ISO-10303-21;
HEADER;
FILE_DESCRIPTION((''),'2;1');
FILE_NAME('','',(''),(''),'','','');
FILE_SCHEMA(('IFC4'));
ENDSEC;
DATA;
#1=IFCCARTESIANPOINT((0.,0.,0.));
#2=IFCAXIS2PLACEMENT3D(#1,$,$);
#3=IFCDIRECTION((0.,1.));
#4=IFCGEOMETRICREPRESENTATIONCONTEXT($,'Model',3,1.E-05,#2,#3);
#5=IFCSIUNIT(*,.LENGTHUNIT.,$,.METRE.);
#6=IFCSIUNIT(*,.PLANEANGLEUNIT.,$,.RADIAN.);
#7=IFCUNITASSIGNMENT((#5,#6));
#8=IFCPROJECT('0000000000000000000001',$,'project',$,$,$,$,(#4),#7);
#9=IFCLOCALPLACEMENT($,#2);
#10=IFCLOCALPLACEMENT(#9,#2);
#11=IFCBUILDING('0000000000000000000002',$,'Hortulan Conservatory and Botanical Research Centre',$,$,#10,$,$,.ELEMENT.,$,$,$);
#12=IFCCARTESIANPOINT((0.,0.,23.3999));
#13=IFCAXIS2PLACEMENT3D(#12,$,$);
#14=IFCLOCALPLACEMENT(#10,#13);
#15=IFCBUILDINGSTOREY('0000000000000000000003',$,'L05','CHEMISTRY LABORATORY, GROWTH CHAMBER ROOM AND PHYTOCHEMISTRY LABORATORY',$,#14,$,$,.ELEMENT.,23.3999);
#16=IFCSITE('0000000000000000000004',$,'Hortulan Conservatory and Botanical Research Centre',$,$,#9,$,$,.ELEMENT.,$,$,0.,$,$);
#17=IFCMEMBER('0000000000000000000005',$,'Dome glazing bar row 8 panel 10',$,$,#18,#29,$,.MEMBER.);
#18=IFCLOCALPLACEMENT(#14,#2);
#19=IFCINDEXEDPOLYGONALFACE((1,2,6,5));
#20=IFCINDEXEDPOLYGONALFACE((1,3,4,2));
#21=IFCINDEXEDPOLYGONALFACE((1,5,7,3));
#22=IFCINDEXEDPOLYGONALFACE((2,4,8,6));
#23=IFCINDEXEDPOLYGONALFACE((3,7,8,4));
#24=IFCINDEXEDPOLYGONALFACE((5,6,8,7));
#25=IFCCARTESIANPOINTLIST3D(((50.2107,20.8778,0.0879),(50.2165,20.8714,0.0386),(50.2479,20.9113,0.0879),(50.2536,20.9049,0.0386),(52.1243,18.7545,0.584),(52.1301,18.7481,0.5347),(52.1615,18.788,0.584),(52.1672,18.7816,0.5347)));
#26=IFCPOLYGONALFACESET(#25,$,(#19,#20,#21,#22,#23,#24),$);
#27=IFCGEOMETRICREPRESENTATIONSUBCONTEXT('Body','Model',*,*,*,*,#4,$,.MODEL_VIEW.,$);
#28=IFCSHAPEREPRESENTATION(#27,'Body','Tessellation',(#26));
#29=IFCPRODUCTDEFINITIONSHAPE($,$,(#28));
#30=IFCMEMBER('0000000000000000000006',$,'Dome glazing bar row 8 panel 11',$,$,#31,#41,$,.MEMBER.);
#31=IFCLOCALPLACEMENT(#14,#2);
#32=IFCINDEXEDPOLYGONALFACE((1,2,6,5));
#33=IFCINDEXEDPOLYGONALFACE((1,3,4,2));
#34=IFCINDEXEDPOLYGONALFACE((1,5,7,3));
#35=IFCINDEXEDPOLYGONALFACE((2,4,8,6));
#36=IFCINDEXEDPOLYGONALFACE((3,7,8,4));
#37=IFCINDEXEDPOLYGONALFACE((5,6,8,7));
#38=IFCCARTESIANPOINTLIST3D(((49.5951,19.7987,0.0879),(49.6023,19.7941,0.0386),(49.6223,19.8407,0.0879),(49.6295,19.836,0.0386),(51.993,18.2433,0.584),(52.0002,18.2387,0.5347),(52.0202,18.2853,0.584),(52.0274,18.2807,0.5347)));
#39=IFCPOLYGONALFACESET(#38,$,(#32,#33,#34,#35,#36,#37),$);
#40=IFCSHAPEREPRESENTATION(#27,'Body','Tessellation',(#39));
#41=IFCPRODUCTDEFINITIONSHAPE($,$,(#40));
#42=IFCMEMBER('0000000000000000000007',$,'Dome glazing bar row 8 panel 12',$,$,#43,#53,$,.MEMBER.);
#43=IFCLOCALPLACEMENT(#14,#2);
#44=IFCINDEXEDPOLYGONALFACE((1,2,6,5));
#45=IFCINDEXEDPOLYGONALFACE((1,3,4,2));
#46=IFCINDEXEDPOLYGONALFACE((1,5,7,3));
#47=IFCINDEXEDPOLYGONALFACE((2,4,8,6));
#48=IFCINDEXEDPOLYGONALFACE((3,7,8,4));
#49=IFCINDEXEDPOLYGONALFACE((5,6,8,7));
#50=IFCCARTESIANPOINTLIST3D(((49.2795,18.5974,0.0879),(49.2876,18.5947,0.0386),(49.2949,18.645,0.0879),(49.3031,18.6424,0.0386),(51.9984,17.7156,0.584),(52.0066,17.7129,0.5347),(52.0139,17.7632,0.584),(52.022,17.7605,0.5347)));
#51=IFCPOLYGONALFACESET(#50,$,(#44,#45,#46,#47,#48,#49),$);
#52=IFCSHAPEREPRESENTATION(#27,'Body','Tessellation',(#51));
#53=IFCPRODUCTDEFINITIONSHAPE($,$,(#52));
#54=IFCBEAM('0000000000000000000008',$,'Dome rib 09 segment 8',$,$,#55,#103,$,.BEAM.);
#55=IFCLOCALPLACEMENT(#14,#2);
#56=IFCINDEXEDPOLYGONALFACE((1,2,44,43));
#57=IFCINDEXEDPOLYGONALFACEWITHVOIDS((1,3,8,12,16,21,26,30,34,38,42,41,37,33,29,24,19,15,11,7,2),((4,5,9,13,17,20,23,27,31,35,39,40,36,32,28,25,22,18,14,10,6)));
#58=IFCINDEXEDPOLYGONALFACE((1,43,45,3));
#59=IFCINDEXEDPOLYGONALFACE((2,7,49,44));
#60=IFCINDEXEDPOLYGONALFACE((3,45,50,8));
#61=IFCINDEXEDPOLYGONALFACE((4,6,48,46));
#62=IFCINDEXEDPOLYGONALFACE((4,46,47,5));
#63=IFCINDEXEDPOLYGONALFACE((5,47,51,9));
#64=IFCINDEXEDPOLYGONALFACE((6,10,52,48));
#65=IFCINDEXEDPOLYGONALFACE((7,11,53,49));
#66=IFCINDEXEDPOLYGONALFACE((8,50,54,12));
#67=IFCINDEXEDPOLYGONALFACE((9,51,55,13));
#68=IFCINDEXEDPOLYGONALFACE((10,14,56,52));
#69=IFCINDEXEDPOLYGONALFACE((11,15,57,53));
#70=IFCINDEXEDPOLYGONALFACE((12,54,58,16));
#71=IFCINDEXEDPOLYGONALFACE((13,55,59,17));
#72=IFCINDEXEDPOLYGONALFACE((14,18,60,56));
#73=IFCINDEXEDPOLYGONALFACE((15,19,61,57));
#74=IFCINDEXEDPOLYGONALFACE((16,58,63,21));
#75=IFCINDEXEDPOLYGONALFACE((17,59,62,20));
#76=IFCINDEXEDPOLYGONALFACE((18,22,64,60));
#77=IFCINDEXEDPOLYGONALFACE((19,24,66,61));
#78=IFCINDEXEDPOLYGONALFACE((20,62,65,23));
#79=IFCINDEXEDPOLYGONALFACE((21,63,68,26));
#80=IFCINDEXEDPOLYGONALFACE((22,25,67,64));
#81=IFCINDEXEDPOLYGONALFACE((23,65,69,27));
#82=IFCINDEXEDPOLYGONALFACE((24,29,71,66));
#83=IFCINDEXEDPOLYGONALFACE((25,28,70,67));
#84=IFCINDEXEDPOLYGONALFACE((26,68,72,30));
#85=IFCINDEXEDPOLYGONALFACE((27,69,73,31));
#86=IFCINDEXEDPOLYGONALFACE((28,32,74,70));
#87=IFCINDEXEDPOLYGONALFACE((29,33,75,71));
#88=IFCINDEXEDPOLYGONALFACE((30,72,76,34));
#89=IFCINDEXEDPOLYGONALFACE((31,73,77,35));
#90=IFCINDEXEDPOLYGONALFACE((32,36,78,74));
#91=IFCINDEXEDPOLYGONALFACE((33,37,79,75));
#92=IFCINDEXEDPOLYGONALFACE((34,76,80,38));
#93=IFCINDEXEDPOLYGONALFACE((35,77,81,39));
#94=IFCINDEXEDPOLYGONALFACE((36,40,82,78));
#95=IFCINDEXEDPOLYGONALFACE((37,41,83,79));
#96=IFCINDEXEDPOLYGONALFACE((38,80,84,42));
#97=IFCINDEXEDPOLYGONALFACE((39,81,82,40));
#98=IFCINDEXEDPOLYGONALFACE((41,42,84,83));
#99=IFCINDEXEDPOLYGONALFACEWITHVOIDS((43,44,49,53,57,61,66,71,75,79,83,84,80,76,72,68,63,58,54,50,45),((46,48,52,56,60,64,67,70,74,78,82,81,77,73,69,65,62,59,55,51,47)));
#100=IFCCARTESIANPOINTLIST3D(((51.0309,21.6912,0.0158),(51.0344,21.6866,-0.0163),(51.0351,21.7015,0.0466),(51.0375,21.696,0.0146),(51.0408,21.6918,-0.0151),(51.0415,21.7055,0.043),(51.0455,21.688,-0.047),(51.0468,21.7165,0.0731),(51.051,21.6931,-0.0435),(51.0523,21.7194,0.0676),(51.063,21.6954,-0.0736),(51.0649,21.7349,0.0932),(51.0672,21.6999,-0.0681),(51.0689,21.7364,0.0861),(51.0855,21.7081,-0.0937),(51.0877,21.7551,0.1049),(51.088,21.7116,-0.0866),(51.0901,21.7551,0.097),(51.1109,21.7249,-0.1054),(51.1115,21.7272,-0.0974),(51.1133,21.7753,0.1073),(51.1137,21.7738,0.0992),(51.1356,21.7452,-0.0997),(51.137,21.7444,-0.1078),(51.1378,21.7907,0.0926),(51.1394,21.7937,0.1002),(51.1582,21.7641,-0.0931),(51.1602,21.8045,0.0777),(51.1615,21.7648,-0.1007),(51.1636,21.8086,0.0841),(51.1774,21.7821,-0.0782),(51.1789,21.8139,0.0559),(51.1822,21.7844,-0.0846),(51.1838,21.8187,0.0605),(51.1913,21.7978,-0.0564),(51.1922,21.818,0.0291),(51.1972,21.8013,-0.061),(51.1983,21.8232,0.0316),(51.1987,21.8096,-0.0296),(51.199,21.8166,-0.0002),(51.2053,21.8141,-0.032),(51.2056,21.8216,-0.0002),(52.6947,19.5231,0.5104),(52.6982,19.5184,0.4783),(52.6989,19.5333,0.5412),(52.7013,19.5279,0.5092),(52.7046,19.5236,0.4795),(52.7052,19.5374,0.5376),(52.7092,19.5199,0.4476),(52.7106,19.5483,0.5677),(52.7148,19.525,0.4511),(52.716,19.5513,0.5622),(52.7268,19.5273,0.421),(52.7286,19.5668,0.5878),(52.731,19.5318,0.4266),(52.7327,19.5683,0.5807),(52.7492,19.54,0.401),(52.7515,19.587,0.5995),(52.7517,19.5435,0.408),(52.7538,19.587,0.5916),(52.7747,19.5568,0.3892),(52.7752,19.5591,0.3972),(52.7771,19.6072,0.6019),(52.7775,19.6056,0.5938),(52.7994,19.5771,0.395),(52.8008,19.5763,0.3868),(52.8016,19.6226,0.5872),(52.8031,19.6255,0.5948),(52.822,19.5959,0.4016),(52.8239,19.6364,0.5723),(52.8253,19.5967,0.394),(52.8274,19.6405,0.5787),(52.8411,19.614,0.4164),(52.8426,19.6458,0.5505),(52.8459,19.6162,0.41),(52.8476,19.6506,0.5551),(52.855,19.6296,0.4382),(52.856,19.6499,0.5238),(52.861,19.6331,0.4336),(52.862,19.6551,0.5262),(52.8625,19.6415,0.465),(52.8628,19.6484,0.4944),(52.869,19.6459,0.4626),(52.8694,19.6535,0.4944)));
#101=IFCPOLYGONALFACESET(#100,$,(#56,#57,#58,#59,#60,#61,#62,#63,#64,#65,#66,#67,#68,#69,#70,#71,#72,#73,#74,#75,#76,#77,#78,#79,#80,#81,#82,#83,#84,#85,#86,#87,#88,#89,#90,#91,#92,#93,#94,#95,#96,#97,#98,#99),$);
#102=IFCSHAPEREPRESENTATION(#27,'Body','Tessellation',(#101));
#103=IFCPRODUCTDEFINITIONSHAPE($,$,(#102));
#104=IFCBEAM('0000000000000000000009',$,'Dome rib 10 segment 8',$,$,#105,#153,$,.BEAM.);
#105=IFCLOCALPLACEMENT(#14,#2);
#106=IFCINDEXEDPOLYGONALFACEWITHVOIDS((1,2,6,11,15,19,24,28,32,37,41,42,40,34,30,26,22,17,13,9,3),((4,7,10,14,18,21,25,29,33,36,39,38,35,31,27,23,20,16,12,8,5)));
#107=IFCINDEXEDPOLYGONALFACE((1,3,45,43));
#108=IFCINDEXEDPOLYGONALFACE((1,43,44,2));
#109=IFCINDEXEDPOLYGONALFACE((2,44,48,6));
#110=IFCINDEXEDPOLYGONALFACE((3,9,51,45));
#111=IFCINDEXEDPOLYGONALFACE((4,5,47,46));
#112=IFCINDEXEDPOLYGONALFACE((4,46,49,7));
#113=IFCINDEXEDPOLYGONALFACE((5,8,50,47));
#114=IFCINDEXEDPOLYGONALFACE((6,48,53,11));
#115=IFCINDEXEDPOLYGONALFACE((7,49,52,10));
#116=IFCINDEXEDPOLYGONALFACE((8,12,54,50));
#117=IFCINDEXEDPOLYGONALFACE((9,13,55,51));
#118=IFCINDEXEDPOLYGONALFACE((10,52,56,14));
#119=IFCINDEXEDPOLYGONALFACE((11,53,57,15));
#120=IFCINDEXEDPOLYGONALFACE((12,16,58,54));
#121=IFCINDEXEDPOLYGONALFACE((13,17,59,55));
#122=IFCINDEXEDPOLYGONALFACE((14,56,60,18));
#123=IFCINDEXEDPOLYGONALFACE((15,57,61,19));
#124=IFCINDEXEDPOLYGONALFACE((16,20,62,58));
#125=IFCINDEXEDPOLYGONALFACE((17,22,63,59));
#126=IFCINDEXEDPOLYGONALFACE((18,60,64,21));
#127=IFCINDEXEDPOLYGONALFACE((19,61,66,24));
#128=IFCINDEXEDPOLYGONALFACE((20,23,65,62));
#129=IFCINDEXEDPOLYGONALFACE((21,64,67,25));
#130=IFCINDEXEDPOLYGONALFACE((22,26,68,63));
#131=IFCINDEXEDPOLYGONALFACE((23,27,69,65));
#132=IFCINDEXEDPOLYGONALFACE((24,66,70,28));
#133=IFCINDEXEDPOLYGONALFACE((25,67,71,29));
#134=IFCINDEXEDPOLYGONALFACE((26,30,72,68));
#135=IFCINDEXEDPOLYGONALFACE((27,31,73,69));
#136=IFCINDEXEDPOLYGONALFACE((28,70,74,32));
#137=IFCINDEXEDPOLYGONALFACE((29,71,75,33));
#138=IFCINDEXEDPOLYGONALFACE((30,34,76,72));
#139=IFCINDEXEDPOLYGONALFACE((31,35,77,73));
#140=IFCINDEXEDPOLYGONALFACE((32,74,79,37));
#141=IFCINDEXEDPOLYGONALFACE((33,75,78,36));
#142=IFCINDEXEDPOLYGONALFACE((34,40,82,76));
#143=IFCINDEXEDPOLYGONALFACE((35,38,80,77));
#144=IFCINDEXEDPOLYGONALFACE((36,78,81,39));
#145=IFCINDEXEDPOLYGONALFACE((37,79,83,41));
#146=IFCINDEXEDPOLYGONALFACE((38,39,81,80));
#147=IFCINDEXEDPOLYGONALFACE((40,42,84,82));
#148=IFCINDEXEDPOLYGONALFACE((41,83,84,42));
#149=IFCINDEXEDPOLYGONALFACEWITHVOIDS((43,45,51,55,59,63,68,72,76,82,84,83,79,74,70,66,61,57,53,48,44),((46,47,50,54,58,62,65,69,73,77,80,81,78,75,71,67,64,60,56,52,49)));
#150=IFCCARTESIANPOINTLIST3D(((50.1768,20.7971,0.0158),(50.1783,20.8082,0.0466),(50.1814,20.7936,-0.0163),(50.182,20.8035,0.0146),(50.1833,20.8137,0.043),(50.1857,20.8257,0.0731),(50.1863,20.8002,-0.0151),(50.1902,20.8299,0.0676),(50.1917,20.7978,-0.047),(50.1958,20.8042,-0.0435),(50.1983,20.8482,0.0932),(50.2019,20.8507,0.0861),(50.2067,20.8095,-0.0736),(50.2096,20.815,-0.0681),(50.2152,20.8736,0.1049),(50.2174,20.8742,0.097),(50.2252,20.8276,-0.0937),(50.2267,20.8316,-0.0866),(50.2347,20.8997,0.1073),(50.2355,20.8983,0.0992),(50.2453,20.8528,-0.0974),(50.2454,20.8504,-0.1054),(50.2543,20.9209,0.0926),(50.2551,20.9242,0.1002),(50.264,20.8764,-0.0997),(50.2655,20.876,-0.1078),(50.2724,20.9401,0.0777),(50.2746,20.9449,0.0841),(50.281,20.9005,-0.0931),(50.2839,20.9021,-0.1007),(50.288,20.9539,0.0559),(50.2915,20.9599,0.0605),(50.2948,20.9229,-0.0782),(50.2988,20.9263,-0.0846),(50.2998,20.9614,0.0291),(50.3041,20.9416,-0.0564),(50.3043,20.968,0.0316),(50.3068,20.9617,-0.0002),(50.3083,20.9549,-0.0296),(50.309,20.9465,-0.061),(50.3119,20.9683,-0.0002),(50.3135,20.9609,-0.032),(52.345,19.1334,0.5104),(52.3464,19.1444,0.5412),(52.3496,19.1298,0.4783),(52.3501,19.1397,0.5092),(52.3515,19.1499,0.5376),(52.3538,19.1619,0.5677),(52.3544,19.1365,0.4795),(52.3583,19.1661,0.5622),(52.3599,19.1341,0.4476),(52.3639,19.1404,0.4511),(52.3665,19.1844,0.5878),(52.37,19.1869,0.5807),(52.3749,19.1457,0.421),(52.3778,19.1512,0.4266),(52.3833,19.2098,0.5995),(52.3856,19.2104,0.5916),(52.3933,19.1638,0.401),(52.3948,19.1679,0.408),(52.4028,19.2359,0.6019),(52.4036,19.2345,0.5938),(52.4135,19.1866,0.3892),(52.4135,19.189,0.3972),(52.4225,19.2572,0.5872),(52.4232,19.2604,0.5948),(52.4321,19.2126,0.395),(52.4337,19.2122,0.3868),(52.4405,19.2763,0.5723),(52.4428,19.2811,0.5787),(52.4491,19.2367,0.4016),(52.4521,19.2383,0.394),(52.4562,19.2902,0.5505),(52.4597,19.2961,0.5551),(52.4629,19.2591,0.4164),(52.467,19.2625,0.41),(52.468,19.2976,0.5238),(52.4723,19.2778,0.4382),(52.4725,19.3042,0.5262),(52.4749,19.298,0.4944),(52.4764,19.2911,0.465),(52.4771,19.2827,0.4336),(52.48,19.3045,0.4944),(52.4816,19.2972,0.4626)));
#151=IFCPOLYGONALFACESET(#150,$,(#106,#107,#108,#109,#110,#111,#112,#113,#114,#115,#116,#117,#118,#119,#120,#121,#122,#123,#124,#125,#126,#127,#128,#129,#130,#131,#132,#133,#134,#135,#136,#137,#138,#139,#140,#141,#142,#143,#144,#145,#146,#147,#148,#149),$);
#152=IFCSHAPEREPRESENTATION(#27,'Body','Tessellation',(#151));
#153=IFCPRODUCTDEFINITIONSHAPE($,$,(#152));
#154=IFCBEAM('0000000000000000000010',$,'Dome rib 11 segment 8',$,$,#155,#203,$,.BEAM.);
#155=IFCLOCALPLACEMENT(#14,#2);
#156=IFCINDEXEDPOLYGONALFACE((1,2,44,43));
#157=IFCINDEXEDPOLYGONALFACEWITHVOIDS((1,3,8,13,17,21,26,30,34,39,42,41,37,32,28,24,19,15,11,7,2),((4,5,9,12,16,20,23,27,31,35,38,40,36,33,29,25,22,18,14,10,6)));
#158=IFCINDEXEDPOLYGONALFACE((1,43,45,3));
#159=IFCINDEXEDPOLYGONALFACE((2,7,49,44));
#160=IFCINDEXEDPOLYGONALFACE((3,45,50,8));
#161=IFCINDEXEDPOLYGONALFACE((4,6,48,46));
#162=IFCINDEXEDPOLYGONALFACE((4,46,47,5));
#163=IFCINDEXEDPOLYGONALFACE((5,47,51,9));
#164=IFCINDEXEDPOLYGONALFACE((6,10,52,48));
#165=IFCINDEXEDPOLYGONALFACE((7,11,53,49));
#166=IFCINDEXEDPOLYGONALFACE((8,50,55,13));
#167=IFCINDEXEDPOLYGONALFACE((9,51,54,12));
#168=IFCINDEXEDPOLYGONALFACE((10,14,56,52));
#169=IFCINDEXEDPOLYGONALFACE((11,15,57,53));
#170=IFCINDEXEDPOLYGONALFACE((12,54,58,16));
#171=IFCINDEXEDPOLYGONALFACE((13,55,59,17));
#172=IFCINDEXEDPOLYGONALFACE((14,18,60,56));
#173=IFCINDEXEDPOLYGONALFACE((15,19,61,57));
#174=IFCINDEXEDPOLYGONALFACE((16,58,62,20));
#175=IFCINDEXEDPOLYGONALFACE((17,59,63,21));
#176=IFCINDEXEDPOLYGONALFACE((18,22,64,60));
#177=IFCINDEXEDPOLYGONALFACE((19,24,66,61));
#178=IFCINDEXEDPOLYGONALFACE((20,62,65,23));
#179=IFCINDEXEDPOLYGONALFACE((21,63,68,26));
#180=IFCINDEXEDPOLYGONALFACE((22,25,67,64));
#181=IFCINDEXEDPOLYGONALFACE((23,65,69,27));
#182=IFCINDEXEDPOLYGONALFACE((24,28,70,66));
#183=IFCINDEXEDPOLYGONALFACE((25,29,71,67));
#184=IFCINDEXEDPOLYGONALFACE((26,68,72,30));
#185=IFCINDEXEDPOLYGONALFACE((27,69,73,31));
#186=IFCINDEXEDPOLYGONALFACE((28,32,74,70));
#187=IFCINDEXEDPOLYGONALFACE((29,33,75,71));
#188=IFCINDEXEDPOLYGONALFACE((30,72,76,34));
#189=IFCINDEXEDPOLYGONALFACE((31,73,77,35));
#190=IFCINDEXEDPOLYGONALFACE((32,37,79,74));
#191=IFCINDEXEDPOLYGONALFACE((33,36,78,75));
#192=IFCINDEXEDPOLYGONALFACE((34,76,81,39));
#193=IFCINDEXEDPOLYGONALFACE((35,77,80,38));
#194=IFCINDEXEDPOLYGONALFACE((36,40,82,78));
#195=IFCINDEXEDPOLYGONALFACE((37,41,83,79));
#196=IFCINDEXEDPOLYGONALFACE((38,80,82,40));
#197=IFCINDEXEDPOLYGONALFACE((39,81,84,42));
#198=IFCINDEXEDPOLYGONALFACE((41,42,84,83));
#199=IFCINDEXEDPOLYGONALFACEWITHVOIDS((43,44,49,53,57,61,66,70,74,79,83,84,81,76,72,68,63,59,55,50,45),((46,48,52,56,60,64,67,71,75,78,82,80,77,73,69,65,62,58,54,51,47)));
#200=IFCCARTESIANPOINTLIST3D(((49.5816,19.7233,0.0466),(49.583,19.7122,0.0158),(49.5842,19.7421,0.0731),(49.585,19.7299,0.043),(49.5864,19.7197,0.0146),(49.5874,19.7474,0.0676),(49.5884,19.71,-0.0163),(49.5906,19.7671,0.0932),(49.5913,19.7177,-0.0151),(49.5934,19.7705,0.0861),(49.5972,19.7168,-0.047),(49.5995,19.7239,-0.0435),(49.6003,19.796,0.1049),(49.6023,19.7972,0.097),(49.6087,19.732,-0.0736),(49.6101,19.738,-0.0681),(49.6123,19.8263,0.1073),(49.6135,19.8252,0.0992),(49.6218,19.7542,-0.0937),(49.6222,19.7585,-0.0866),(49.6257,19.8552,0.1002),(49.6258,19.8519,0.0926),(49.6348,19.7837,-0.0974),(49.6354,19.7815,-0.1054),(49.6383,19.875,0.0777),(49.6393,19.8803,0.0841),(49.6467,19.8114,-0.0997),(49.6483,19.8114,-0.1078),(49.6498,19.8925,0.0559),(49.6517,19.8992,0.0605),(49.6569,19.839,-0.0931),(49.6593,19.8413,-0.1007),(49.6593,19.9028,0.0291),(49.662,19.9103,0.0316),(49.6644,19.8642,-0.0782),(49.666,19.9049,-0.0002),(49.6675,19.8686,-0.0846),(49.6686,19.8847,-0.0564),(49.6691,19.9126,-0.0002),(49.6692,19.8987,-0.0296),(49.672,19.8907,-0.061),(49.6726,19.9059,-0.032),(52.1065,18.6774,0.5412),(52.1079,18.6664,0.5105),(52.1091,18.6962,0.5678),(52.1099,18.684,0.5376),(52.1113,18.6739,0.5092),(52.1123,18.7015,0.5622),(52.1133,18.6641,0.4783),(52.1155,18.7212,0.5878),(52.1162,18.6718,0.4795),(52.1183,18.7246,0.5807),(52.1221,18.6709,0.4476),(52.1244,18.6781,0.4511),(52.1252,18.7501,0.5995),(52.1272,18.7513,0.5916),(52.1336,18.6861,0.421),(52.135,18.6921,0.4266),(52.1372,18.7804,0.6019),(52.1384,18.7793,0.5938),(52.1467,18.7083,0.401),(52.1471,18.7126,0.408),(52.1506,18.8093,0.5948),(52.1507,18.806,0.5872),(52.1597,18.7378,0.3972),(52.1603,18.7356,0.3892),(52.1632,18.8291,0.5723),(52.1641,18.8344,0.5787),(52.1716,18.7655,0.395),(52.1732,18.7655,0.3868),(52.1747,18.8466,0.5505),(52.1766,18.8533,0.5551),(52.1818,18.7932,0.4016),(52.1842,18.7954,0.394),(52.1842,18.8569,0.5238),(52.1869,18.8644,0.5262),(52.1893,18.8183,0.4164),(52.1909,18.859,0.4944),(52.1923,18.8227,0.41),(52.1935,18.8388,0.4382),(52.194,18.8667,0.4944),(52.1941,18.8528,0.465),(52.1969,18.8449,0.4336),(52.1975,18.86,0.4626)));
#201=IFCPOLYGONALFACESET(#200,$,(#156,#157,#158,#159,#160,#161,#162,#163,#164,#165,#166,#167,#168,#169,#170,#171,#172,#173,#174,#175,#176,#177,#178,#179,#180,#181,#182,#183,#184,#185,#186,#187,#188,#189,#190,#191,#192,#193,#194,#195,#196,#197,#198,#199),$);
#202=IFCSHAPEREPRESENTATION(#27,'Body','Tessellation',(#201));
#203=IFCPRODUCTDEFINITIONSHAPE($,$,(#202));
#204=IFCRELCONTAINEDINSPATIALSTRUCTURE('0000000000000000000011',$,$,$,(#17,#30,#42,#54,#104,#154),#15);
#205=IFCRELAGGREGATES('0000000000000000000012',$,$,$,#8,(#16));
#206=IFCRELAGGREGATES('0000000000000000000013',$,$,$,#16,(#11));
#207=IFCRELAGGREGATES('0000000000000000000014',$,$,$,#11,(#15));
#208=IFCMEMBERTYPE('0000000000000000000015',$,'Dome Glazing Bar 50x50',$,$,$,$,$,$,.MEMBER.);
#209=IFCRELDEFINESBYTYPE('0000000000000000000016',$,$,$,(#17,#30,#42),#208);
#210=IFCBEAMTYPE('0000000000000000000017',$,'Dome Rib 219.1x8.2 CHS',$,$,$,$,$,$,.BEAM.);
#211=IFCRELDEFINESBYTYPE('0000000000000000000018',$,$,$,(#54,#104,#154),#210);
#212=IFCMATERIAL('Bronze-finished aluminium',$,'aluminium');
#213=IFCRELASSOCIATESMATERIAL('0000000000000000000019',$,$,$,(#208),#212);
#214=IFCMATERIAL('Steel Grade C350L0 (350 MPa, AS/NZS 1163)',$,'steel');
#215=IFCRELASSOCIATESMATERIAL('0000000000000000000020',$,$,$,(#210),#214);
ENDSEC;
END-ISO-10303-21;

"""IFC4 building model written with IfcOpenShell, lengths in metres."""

from ifc_helpers import new_model, si_unit, direction, frame, origin, origin_2d, place, context, subcontext, project, spatial, rectangle, hollow_circle, extrude, material, material_profile, profile_set, type_object, element, save


model = new_model("IFC4")

# Units and contexts
model_context = context("Model", 3, precision=1e-05, world=origin(), true_north=direction((0.0, 1.0)))
body_context = subcontext(model_context, "Body", "Model", "MODEL_VIEW")
ifc_project = project(units=[si_unit("LENGTHUNIT", "METRE"), si_unit("PLANEANGLEUNIT", "RADIAN")], contexts=[model_context])

# Site, building, storey
site_placement = place(None, origin())
site = spatial("IfcSite", under=ifc_project, at=site_placement, Name="Hortulan Conservatory and Botanical Research Centre", CompositionType="ELEMENT", RefElevation=0.0)
building_placement = place(site_placement, origin())
building = spatial("IfcBuilding", under=site, at=building_placement, Name="Hortulan Conservatory and Botanical Research Centre", CompositionType="ELEMENT")
storey_placement = place(building_placement, frame((0.0, 0.0, 23.3999)))
storey = spatial("IfcBuildingStorey", under=building, at=storey_placement, Name="L05", Description="CHEMISTRY LABORATORY, GROWTH CHAMBER ROOM AND PHYTOCHEMISTRY LABORATORY", CompositionType="ELEMENT", Elevation=23.3999)

# Members
ifc_material_1 = material(Name="Steel Grade C350L0 (350 MPa, AS/NZS 1163)", Category="steel")
ifc_material_2 = material(Name="Bronze-finished aluminium", Category="aluminium")
ifc_material_profile_1 = material_profile(ifc_material_2, rectangle(XDim=0.05, YDim=0.05, at=origin_2d()), Name="Square bar 50x50")
ifc_profile_set_1 = profile_set([ifc_material_profile_1], Name="Bronze-finished aluminium")
member_type_1 = type_object("IfcMemberType", Name="Dome Glazing Bar 50x50", PredefinedType="MEMBER", material=ifc_profile_set_1)
for number, where, z_axis, x_axis, name in (
    (1, (50.2322, 20.8914, 0.0632), (0.659609, -0.731898, 0.171003), (0.74284, 0.66947, 0.0), "Dome glazing bar row 8 panel 10"),
):
    element("IfcMember", number, at=place(storey_placement, frame(where, z_axis=z_axis, x_axis=x_axis)), inside=storey, type_object=member_type_1, Name=name, PredefinedType="MEMBER", context=body_context, shape_type="SweptSolid", body=[
        extrude(rectangle(XDim=0.05, YDim=0.05, at=origin_2d()), origin(), (0.0, 0.0, 1.0), 2.9011),
    ])
member_1_placement = place(storey_placement, frame((49.6123, 19.8174, 0.0632), z_axis=(0.826604, -0.536173, 0.17101), x_axis=(0.544189, 0.838962, 0.0)))
element("IfcMember", 2, at=member_1_placement, inside=storey, type_object=member_type_1, Name="Dome glazing bar row 8 panel 11", PredefinedType="MEMBER", context=body_context, shape_type="SweptSolid", body=[
    extrude(rectangle(XDim=0.05, YDim=0.05, at=origin_2d()), origin(), (0.0, 0.0, 1.0), 2.9009),
])
member_2_placement = place(storey_placement, frame((49.2913, 18.6199, 0.0632), z_axis=(0.937212, -0.303961, 0.170999), x_axis=(0.308505, 0.951223, 0.0)))
element("IfcMember", 3, at=member_2_placement, inside=storey, type_object=member_type_1, Name="Dome glazing bar row 8 panel 12", PredefinedType="MEMBER", context=body_context, shape_type="SweptSolid", body=[
    extrude(rectangle(XDim=0.05, YDim=0.05, at=origin_2d()), origin(), (0.0, 0.0, 1.0), 2.9011),
])

# Beams
ifc_material_profile_2 = material_profile(ifc_material_1, hollow_circle(Radius=0.1096, WallThickness=0.0083, at=origin_2d()), Name="219.1x8.2CHS")
ifc_profile_set_2 = profile_set([ifc_material_profile_2], Name="Steel Grade C350L0 (350 MPa, AS/NZS 1163)")
beam_type = type_object("IfcBeamType", Name="Dome Rib 219.1x8.2 CHS", PredefinedType="BEAM", material=ifc_profile_set_2)
for number, where, z_axis, x_axis, name in (
    (4, (51.1187, 21.7549, -0.0002), (0.59905, -0.780655, 0.178089), (0.793337, 0.608782, 0.0), "Dome rib 09 segment 8"),
    (5, (50.2451, 20.8813, -0.0002), (0.780655, -0.59905, 0.178089), (0.608782, 0.793337, 0.0), "Dome rib 10 segment 8"),
    (6, (49.6272, 19.8113, -0.0002), (0.909104, -0.376581, 0.178094), (0.382699, 0.923873, 0.0), "Dome rib 11 segment 8"),
):
    element("IfcBeam", number, at=place(storey_placement, frame(where, z_axis=z_axis, x_axis=x_axis)), inside=storey, type_object=beam_type, Name=name, PredefinedType="BEAM", context=body_context, shape_type="SweptSolid", body=[
        extrude(hollow_circle(Radius=0.1096, WallThickness=0.0083, at=origin_2d()), origin(), (0.0, 0.0, 1.0), 2.7773),
    ])

save(model, "model.ifc")
